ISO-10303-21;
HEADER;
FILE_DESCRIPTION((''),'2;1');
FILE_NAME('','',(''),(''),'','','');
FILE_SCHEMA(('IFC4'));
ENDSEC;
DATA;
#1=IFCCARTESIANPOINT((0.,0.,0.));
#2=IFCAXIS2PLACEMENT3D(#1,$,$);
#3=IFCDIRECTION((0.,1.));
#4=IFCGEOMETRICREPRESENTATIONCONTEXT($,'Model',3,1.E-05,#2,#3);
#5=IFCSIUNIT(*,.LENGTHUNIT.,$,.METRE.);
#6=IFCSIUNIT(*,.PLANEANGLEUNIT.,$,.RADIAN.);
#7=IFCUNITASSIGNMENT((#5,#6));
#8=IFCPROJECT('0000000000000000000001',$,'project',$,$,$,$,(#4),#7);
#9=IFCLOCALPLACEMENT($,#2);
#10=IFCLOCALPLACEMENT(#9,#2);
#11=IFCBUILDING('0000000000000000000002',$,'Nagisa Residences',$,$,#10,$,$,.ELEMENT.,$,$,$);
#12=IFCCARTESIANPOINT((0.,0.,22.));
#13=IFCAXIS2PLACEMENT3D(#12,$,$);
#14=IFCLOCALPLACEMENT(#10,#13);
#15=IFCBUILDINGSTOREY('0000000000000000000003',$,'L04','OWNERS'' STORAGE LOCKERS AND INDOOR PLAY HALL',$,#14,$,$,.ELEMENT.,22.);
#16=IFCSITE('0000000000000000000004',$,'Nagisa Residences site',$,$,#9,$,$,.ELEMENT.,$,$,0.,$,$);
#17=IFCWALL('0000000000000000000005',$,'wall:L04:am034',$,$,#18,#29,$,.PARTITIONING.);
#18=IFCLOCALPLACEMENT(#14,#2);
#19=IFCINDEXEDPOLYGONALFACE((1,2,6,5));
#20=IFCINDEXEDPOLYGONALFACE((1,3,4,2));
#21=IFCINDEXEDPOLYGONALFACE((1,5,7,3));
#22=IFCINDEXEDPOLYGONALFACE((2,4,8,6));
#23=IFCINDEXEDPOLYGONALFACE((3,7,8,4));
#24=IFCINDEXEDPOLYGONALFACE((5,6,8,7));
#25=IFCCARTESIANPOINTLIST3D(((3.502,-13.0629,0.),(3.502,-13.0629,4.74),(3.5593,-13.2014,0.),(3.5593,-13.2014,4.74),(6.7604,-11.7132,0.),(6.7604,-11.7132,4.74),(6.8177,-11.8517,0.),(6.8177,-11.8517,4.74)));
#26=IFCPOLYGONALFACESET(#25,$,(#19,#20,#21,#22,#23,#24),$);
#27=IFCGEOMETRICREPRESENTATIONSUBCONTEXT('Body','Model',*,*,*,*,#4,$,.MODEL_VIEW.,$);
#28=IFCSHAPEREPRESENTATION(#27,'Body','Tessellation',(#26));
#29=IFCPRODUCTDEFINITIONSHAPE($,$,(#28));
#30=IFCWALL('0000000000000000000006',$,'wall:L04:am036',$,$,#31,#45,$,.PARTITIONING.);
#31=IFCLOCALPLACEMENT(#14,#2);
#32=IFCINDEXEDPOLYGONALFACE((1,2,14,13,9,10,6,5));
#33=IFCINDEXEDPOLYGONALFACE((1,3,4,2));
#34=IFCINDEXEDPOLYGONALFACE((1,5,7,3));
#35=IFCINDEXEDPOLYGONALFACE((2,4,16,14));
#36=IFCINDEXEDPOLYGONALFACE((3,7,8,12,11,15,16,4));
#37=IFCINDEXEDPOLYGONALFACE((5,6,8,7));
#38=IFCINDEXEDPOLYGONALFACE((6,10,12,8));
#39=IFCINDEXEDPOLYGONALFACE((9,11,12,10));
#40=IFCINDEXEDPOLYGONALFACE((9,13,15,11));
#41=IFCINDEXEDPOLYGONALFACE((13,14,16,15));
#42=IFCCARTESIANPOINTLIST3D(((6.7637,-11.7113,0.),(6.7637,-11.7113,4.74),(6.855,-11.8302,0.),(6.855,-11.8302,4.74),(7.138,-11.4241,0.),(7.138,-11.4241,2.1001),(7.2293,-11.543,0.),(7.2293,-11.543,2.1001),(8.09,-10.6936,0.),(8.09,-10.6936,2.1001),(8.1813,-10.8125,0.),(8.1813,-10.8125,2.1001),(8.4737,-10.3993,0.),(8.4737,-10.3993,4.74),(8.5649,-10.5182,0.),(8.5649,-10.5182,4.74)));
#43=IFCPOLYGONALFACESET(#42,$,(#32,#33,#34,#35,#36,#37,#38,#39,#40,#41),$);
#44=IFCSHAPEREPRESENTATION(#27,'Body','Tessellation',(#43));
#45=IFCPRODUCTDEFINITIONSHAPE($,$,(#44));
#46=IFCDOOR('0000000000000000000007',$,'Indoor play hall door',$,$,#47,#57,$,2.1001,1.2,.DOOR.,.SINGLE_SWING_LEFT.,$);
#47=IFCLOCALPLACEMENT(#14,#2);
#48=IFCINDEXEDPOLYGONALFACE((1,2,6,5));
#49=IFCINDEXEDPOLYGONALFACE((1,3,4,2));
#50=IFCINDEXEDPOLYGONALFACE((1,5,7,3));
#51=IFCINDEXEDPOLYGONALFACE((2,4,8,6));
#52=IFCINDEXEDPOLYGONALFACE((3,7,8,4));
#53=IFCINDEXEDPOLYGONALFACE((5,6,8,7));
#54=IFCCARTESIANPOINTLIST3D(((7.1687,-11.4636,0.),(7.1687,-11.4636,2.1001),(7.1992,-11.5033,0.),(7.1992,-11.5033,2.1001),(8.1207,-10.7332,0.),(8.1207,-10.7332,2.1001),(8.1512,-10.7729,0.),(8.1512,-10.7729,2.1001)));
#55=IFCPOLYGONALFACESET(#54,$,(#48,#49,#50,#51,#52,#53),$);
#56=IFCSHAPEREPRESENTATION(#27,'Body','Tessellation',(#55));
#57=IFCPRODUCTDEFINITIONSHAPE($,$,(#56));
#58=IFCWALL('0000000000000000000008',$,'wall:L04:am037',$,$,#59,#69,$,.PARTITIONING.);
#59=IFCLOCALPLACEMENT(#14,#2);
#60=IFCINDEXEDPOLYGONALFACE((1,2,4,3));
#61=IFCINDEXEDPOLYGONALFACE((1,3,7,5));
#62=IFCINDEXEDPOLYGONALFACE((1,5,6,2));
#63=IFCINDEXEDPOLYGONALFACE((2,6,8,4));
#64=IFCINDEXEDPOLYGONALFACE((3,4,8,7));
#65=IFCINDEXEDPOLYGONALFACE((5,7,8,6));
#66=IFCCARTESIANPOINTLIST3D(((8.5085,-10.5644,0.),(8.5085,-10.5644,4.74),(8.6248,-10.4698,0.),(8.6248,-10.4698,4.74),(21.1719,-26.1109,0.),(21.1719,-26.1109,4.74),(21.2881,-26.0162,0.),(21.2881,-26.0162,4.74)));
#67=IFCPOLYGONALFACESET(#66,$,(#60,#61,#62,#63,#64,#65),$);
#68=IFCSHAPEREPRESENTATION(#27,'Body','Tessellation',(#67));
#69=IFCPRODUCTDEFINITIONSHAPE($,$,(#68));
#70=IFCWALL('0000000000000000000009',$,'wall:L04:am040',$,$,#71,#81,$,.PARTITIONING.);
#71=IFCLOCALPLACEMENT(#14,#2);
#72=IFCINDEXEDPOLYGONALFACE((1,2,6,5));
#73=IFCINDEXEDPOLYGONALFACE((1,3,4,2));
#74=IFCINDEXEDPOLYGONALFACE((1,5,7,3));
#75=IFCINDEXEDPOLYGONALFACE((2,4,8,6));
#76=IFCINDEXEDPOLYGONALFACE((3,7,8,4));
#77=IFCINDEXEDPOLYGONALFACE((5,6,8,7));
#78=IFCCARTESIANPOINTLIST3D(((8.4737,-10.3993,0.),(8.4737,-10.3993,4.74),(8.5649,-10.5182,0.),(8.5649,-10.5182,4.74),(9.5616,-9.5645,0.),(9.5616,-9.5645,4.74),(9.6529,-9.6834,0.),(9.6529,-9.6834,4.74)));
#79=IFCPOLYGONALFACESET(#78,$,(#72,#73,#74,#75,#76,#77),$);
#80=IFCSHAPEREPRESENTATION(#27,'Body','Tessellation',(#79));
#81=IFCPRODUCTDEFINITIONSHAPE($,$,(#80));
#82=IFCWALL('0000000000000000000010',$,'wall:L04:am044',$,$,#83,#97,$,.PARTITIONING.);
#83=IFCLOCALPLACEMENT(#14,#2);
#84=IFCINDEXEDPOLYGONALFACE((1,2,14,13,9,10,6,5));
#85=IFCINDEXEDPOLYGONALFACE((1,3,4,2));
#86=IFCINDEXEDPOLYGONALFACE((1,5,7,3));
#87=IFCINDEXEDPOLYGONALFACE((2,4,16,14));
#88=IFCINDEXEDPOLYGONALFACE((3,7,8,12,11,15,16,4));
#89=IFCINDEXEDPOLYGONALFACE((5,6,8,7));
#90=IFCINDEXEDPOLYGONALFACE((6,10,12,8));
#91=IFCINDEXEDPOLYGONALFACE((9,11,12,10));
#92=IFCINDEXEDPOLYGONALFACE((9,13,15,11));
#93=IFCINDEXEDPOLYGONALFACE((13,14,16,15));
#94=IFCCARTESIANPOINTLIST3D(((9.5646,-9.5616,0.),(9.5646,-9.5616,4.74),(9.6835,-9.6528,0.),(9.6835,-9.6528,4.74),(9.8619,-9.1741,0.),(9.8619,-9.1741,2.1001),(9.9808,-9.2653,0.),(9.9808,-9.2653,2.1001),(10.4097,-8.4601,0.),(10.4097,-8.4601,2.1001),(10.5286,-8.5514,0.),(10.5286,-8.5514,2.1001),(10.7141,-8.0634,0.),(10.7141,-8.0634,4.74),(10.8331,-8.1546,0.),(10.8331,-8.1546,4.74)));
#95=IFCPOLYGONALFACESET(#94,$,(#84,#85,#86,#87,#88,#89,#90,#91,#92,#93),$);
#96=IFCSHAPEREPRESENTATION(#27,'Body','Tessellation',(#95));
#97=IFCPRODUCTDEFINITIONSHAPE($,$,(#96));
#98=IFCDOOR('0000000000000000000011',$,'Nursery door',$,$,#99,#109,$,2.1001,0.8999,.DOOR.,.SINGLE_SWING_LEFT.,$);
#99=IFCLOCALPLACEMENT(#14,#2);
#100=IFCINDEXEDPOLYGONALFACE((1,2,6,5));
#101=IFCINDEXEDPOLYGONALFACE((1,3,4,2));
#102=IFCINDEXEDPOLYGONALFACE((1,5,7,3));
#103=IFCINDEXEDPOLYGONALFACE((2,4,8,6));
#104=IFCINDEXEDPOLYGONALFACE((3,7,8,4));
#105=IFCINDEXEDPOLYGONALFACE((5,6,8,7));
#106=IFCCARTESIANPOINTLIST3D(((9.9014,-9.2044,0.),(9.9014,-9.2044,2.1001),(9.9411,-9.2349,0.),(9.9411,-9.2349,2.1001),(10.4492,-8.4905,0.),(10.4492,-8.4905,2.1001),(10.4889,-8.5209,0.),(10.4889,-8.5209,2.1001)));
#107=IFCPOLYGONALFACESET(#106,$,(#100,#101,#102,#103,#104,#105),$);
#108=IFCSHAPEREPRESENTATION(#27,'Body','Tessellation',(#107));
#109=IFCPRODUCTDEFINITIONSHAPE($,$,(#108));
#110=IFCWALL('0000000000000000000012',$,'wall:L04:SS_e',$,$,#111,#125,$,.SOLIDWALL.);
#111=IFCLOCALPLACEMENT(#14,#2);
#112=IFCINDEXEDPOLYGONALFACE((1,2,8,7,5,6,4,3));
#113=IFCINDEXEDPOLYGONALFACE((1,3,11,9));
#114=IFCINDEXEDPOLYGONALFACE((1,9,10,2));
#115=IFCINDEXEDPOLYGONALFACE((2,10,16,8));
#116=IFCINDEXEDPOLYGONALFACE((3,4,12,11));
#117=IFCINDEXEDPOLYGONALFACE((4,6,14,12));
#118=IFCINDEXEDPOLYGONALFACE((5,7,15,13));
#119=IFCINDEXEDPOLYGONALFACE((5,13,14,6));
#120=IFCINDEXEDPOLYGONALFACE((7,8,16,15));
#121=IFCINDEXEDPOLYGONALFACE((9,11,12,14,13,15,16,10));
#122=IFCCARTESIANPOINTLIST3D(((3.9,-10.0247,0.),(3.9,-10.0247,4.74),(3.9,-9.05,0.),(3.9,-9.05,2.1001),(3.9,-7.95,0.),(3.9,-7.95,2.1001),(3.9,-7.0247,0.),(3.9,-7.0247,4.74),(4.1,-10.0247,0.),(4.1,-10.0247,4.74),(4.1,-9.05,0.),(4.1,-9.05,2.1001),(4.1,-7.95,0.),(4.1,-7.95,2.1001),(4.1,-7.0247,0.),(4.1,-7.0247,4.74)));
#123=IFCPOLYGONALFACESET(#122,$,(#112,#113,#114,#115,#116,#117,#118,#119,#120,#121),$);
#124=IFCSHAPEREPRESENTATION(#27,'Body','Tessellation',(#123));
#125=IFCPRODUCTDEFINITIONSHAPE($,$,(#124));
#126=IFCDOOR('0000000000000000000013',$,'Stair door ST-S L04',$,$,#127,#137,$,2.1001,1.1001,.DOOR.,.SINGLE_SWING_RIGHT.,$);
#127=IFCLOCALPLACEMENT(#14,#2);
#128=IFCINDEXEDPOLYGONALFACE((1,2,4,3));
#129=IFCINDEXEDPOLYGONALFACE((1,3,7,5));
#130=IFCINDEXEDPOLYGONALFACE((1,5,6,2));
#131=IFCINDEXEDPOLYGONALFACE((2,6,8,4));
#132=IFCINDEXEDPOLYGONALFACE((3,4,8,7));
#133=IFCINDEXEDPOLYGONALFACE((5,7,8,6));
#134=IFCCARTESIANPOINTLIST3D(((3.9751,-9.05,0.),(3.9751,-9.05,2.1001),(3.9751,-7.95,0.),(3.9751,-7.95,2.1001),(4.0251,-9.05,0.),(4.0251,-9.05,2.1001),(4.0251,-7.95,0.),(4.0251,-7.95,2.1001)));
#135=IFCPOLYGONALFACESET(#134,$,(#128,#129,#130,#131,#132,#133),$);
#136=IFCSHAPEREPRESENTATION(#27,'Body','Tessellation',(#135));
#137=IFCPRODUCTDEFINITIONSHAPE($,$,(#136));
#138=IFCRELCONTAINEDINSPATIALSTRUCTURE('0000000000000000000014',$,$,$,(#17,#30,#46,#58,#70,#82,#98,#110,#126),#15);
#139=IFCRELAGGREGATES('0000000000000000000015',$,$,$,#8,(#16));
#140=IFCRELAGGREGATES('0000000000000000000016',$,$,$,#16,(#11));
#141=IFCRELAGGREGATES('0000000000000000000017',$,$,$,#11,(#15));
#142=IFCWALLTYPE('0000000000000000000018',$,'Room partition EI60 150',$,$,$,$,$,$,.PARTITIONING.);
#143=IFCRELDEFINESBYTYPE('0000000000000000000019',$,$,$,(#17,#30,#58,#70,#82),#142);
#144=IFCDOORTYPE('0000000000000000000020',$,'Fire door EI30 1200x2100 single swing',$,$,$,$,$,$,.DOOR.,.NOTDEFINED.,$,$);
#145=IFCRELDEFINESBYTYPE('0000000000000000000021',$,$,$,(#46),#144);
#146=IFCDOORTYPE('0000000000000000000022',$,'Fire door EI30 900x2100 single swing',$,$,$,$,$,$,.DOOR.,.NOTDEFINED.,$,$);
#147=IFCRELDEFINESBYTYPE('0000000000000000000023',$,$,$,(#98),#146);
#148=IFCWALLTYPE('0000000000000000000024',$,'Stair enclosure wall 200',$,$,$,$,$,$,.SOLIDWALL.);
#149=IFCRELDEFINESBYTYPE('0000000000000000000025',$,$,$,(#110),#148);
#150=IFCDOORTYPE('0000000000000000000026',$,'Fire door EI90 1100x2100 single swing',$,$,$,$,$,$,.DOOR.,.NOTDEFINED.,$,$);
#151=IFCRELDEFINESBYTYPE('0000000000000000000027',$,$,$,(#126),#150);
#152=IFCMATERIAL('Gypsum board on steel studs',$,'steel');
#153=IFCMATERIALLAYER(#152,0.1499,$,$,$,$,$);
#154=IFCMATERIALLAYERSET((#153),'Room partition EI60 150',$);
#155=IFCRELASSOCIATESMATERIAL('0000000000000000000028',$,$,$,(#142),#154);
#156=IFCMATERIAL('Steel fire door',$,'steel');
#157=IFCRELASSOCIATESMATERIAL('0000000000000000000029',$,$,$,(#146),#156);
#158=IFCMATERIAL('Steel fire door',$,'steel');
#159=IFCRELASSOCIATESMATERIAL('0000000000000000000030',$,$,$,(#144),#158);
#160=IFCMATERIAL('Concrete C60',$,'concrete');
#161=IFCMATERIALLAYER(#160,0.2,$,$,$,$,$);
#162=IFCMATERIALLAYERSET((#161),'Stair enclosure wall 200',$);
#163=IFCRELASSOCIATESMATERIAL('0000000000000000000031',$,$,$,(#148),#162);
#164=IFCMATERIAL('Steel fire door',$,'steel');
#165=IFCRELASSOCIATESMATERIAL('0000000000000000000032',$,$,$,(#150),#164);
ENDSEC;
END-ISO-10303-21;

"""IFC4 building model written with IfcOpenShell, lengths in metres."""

from ifc_helpers import new_model, si_unit, direction, frame, frame_2d, origin, place, context, subcontext, project, spatial, rectangle, extrude, material, layer, layer_set, type_object, element, fill, save


model = new_model("IFC4")

# Units and contexts
model_context = context("Model", 3, precision=1e-05, world=origin(), true_north=direction((0.0, 1.0)))
body_context = subcontext(model_context, "Body", "Model", "MODEL_VIEW")
ifc_project = project(units=[si_unit("LENGTHUNIT", "METRE"), si_unit("PLANEANGLEUNIT", "RADIAN")], contexts=[model_context])

# Site, building, storey
site_placement = place(None, origin())
site = spatial("IfcSite", under=ifc_project, at=site_placement, Name="Nagisa Residences site", CompositionType="ELEMENT", RefElevation=0.0)
building_placement = place(site_placement, origin())
building = spatial("IfcBuilding", under=site, at=building_placement, Name="Nagisa Residences", CompositionType="ELEMENT")
storey_placement = place(building_placement, frame((0.0, 0.0, 22.0)))
storey = spatial("IfcBuildingStorey", under=building, at=storey_placement, Name="L04", Description="OWNERS' STORAGE LOCKERS AND INDOOR PLAY HALL", CompositionType="ELEMENT", Elevation=22.0)

# Shared definitions
ifc_material_1 = material(Name="Gypsum board on steel studs", Category="steel")
ifc_layer_1 = layer(ifc_material_1, 0.1499)
ifc_layer_set_1 = layer_set([ifc_layer_1], Name="Room partition EI60 150")
wall_type_1 = type_object("IfcWallType", Name="Room partition EI60 150", PredefinedType="PARTITIONING", material=ifc_layer_set_1)
ifc_material_2 = material(Name="Steel fire door", Category="steel")
door_type_1 = type_object("IfcDoorType", Name="Fire door EI30 900x2100 single swing", OperationType="NOTDEFINED", PredefinedType="DOOR", material=ifc_material_2)

# Wall
wall_1_placement = place(storey_placement, frame((6.7891, -11.7825, 0.0), z_axis=(0.0, 0.0, 1.0), x_axis=(-0.923882, -0.382678, 0.0)))
element("IfcWall", 1, at=wall_1_placement, inside=storey, type_object=wall_type_1, Name="wall:L04:am034", PredefinedType="PARTITIONING", context=body_context, shape_type="SweptSolid", body=[
    extrude(rectangle(XDim=3.5269, YDim=0.1499, at=frame_2d((1.7634, 0.0))), origin(), (0.0, 0.0, 1.0), 4.74),
])

# Wall, opening, door
wall_2_placement = place(storey_placement, frame((8.5193, -10.4587, 0.0), z_axis=(0.0, 0.0, 1.0), x_axis=(-0.793373, -0.608736, 0.0)))
wall_2 = element("IfcWall", 2, at=wall_2_placement, inside=storey, type_object=wall_type_1, Name="wall:L04:am036", PredefinedType="PARTITIONING", context=body_context, shape_type="SweptSolid", body=[
    extrude(rectangle(XDim=2.1553, YDim=0.1499, at=frame_2d((1.0776, 0.0))), origin(), (0.0, 0.0, 1.0), 4.74),
])
opening_1_placement = place(wall_2_placement, frame((0.4834, 0.0, 0.0)))
opening_1 = element("IfcOpeningElement", 3, at=opening_1_placement, cuts=wall_2, PredefinedType="OPENING", context=body_context, shape_type="SweptSolid", body=[
    extrude(rectangle(XDim=1.2, YDim=2.1001, at=frame_2d((0.6001, 1.05))), frame((0.0, 0.085, 0.0), z_axis=(0.0, -1.0, 0.0), x_axis=(1.0, 0.0, 0.0)), (0.0, 0.0, 1.0), 0.1699),
])
ifc_material_3 = material(Name="Steel fire door", Category="steel")
door_type_2 = type_object("IfcDoorType", Name="Fire door EI30 1200x2100 single swing", OperationType="NOTDEFINED", PredefinedType="DOOR", material=ifc_material_3)
door_1_placement = place(opening_1_placement, frame((1.2, 0.0, 0.0), x_axis=(-1.0, 0.0, 0.0)))
door_1 = element("IfcDoor", 4, at=door_1_placement, inside=storey, type_object=door_type_2, Name="Indoor play hall door", OperationType="SINGLE_SWING_LEFT", OverallHeight=2.1001, OverallWidth=1.2, PredefinedType="DOOR", context=body_context, shape_type="SweptSolid", body=[
    extrude(rectangle(XDim=1.2, YDim=2.1001, at=frame_2d((0.6001, 1.05))), frame((0.0, 0.0249, 0.0), z_axis=(0.0, -1.0, 0.0), x_axis=(1.0, 0.0, 0.0)), (0.0, 0.0, 1.0), 0.05),
])
fill(opening_1, door_1)

# Walls
wall_3_placement = place(storey_placement, frame((8.5667, -10.5171, 0.0), z_axis=(0.0, 0.0, 1.0), x_axis=(0.63155, -0.775335, 0.0)))
element("IfcWall", 5, at=wall_3_placement, inside=storey, type_object=wall_type_1, Name="wall:L04:am037", PredefinedType="PARTITIONING", context=body_context, shape_type="SweptSolid", body=[
    extrude(rectangle(XDim=20.0513, YDim=0.1499, at=frame_2d((10.0256, 0.0))), origin(), (0.0, 0.0, 1.0), 4.74),
])
wall_4_placement = place(storey_placement, frame((9.6072, -9.624, 0.0), z_axis=(0.0, 0.0, 1.0), x_axis=(-0.793371, -0.608738, 0.0)))
element("IfcWall", 6, at=wall_4_placement, inside=storey, type_object=wall_type_1, Name="wall:L04:am040", PredefinedType="PARTITIONING", context=body_context, shape_type="SweptSolid", body=[
    extrude(rectangle(XDim=1.3713, YDim=0.1499, at=frame_2d((0.6855, 0.0))), origin(), (0.0, 0.0, 1.0), 4.74),
])

# Walls, openings, doors
wall_5_placement = place(storey_placement, frame((10.7737, -8.1089, 0.0), z_axis=(0.0, 0.0, 1.0), x_axis=(-0.608754, -0.793359, 0.0)))
wall_5 = element("IfcWall", 7, at=wall_5_placement, inside=storey, type_object=wall_type_1, Name="wall:L04:am044", PredefinedType="PARTITIONING", context=body_context, shape_type="SweptSolid", body=[
    extrude(rectangle(XDim=1.8884, YDim=0.1499, at=frame_2d((0.9443, 0.0))), origin(), (0.0, 0.0, 1.0), 4.74),
])
opening_2_placement = place(wall_5_placement, frame((0.5002, 0.0, 0.0)))
opening_2 = element("IfcOpeningElement", 8, at=opening_2_placement, cuts=wall_5, PredefinedType="OPENING", context=body_context, shape_type="SweptSolid", body=[
    extrude(rectangle(XDim=0.8999, YDim=2.1001, at=frame_2d((0.45, 1.05))), frame((0.0, 0.085, 0.0), z_axis=(0.0, -1.0, 0.0), x_axis=(1.0, 0.0, 0.0)), (0.0, 0.0, 1.0), 0.1699),
])
door_2_placement = place(opening_2_placement, origin())
door_2 = element("IfcDoor", 9, at=door_2_placement, inside=storey, type_object=door_type_1, Name="Nursery door", OperationType="SINGLE_SWING_LEFT", OverallHeight=2.1001, OverallWidth=0.8999, PredefinedType="DOOR", context=body_context, shape_type="SweptSolid", body=[
    extrude(rectangle(XDim=0.8999, YDim=2.1001, at=frame_2d((0.45, 1.05))), frame((0.0, 0.0249, 0.0), z_axis=(0.0, -1.0, 0.0), x_axis=(1.0, 0.0, 0.0)), (0.0, 0.0, 1.0), 0.05),
])
fill(opening_2, door_2)
ifc_material_4 = material(Name="Concrete C60", Category="concrete")
ifc_layer_2 = layer(ifc_material_4, 0.2)
ifc_layer_set_2 = layer_set([ifc_layer_2], Name="Stair enclosure wall 200")
wall_type_2 = type_object("IfcWallType", Name="Stair enclosure wall 200", PredefinedType="SOLIDWALL", material=ifc_layer_set_2)
wall_6_placement = place(storey_placement, frame((4.0, -10.0247, 0.0), z_axis=(0.0, 0.0, 1.0), x_axis=(0.0, 1.0, 0.0)))
wall_6 = element("IfcWall", 10, at=wall_6_placement, inside=storey, type_object=wall_type_2, Name="wall:L04:SS_e", PredefinedType="SOLIDWALL", context=body_context, shape_type="SweptSolid", body=[
    extrude(rectangle(XDim=3.0, YDim=0.2, at=frame_2d((1.5, 0.0))), origin(), (0.0, 0.0, 1.0), 4.74),
])
opening_3_placement = place(wall_6_placement, frame((0.9746, 0.0, 0.0)))
opening_3 = element("IfcOpeningElement", 11, at=opening_3_placement, cuts=wall_6, PredefinedType="OPENING", context=body_context, shape_type="SweptSolid", body=[
    extrude(rectangle(XDim=1.1001, YDim=2.1001, at=frame_2d((0.55, 1.05))), frame((0.0, 0.1099, 0.0), z_axis=(0.0, -1.0, 0.0), x_axis=(1.0, 0.0, 0.0)), (0.0, 0.0, 1.0), 0.22),
])
ifc_material_5 = material(Name="Steel fire door", Category="steel")
door_type_3 = type_object("IfcDoorType", Name="Fire door EI90 1100x2100 single swing", OperationType="NOTDEFINED", PredefinedType="DOOR", material=ifc_material_5)
door_3_placement = place(opening_3_placement, origin())
door_3 = element("IfcDoor", 12, at=door_3_placement, inside=storey, type_object=door_type_3, Name="Stair door ST-S L04", OperationType="SINGLE_SWING_RIGHT", OverallHeight=2.1001, OverallWidth=1.1001, PredefinedType="DOOR", context=body_context, shape_type="SweptSolid", body=[
    extrude(rectangle(XDim=1.1001, YDim=2.1001, at=frame_2d((0.55, 1.05))), frame((0.0, 0.0249, 0.0), z_axis=(0.0, -1.0, 0.0), x_axis=(1.0, 0.0, 0.0)), (0.0, 0.0, 1.0), 0.05),
])
fill(opening_3, door_3)

save(model, "model.ifc")
